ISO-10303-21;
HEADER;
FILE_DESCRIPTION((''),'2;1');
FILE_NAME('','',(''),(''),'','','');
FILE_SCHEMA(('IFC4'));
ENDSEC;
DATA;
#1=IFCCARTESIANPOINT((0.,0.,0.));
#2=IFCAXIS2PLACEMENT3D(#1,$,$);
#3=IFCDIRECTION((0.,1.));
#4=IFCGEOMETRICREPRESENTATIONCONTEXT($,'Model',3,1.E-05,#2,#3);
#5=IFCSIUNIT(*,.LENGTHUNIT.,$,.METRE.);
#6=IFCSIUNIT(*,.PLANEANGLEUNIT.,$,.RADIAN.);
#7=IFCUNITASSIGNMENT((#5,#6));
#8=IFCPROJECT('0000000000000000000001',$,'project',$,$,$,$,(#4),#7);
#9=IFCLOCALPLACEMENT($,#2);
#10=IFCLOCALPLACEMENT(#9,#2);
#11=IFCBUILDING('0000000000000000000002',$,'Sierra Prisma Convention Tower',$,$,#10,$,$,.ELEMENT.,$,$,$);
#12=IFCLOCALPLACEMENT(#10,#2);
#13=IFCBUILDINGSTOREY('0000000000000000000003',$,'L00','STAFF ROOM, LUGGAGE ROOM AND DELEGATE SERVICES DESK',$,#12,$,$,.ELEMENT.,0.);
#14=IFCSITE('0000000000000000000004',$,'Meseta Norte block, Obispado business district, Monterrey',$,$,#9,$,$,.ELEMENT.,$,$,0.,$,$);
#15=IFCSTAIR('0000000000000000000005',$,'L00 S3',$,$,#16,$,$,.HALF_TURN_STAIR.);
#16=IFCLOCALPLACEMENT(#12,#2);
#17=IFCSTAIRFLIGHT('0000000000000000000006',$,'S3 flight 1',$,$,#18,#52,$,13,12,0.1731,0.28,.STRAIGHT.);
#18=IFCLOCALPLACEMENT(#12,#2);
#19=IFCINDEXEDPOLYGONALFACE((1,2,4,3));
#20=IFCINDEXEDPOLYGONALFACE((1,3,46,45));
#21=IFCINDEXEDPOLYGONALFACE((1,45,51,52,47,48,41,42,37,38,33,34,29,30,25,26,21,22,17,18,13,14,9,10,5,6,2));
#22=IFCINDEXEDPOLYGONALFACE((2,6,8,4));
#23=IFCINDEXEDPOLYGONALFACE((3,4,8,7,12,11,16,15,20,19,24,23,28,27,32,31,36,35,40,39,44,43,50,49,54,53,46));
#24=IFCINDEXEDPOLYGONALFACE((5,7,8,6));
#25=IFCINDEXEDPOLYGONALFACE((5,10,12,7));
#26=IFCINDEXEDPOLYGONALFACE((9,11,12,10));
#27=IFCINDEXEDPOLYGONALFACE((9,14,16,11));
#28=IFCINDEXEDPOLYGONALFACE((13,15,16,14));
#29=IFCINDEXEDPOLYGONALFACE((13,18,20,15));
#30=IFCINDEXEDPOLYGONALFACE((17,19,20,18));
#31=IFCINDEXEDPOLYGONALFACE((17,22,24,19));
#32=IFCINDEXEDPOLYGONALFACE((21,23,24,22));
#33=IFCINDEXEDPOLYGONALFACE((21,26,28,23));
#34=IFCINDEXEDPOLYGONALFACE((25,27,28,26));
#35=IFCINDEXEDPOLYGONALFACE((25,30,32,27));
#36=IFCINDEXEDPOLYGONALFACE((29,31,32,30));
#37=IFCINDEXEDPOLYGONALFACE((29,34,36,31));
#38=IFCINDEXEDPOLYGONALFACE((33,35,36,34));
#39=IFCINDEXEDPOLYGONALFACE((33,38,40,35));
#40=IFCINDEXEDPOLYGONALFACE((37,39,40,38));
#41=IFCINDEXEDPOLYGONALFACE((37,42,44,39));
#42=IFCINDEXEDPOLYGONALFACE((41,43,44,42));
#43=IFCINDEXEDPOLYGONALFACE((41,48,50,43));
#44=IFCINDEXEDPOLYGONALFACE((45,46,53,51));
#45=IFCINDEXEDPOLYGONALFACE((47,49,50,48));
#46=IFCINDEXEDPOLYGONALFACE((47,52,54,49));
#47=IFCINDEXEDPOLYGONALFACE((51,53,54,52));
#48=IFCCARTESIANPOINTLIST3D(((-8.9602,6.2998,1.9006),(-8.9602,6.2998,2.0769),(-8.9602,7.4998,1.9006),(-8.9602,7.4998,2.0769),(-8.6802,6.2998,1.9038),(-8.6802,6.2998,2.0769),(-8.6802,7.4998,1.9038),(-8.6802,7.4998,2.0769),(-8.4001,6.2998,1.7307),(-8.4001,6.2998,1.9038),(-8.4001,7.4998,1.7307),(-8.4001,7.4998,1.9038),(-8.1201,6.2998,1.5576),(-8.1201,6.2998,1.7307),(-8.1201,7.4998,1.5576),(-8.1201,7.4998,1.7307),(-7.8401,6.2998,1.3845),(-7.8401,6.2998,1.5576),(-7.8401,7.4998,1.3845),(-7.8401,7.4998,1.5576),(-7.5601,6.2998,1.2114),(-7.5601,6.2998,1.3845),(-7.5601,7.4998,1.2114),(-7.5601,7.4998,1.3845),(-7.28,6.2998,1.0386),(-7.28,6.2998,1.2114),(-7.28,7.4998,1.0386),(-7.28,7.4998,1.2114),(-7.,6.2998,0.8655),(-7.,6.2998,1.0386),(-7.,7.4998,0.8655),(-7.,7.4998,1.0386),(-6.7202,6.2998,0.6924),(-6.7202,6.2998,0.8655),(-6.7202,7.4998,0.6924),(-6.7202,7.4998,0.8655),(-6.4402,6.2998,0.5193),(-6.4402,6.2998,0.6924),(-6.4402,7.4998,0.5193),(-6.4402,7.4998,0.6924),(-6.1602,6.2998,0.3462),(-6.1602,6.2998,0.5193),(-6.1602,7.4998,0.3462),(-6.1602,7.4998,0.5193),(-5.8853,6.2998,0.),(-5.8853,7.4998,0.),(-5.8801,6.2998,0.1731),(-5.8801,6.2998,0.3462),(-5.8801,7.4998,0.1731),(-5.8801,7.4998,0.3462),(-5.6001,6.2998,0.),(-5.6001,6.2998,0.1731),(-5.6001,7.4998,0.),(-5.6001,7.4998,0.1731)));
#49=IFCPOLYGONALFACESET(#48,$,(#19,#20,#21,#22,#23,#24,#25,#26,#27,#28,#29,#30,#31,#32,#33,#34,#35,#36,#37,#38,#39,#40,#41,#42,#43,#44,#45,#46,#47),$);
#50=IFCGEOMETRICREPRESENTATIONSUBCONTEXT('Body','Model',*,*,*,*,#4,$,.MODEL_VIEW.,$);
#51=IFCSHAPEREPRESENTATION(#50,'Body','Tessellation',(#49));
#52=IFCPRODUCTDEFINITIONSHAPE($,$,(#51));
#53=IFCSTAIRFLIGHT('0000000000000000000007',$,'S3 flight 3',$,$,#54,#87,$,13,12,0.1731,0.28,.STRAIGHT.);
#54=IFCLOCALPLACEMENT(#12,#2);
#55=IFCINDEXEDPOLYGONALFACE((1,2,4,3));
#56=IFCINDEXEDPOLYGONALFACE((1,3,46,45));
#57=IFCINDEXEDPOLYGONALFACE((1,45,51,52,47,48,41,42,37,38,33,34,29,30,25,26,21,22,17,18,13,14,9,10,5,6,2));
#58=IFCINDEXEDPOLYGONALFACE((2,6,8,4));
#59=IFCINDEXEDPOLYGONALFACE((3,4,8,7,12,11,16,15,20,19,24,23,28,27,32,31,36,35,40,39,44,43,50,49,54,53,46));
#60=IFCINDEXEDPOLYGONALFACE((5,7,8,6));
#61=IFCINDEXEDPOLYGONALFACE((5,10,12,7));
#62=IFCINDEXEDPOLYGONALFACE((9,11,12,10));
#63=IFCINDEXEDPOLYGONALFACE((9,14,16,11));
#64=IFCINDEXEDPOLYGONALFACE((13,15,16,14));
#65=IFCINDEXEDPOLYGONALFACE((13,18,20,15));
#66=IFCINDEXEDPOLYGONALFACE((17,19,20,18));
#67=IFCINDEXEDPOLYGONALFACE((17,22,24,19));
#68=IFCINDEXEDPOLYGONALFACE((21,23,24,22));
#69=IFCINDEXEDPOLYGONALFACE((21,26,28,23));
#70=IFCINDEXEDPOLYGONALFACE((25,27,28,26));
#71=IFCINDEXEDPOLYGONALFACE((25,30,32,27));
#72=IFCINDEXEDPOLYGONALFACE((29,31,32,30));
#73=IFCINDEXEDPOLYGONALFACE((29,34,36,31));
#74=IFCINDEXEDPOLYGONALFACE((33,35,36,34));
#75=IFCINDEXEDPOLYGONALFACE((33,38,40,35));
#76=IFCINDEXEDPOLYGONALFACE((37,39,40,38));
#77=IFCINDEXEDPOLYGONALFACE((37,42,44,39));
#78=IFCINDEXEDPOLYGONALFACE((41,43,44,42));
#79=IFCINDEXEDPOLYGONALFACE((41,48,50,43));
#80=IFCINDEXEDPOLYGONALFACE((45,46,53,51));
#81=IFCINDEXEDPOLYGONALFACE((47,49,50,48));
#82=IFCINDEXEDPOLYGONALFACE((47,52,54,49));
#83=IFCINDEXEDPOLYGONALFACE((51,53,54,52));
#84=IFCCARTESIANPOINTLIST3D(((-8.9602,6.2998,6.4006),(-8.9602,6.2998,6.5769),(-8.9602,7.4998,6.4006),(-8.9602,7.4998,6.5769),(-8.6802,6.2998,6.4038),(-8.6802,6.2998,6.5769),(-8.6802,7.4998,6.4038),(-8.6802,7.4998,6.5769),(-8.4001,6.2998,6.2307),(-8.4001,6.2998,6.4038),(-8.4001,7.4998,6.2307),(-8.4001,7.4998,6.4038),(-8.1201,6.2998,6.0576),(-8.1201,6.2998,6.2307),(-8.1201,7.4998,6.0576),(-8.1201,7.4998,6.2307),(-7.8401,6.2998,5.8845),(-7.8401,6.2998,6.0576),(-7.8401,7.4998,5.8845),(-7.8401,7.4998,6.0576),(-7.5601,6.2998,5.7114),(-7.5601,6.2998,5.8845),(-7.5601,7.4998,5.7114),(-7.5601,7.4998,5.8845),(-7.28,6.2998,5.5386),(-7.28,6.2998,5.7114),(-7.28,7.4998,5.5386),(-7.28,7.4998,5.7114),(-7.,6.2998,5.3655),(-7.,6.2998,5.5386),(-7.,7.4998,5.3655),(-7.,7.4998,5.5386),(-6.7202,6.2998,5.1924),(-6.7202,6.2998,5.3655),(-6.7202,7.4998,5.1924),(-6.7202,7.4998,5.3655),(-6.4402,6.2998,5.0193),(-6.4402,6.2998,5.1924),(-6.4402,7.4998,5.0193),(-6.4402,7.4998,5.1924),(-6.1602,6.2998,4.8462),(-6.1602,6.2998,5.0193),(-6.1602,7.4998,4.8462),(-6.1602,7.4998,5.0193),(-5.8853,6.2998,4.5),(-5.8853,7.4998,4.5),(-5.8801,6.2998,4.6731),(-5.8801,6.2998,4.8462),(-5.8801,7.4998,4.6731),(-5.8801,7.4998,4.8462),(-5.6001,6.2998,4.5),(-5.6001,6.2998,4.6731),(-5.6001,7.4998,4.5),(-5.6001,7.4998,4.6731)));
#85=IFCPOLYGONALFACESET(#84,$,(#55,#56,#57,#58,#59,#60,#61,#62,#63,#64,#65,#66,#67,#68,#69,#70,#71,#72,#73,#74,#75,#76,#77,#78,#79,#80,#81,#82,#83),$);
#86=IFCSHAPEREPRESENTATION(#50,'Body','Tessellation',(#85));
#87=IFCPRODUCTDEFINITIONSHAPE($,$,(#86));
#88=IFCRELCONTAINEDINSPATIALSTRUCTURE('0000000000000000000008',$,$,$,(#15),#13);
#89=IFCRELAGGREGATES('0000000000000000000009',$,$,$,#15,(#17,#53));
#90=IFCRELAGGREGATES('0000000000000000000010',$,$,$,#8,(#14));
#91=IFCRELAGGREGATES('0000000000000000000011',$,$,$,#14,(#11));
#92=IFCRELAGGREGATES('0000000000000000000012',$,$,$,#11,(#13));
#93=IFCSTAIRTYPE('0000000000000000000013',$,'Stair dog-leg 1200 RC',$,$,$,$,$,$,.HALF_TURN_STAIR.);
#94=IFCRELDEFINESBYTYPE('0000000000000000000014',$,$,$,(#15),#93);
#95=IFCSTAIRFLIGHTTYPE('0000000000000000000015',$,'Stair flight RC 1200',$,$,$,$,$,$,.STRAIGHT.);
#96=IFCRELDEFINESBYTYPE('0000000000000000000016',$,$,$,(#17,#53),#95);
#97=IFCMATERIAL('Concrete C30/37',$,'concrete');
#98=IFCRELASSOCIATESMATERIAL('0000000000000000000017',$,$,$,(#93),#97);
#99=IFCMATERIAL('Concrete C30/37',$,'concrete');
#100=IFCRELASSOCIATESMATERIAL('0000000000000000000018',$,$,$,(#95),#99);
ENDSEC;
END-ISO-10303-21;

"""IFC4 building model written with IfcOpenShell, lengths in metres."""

from ifc_helpers import new_model, si_unit, direction, frame, origin, place, context, subcontext, project, spatial, polyline, outline, extrude, material, type_object, element, aggregate, save


model = new_model("IFC4")

# Units and contexts
model_context = context("Model", 3, precision=1e-05, world=origin(), true_north=direction((0.0, 1.0)))
body_context = subcontext(model_context, "Body", "Model", "MODEL_VIEW")
ifc_project = project(units=[si_unit("LENGTHUNIT", "METRE"), si_unit("PLANEANGLEUNIT", "RADIAN")], contexts=[model_context])

# Site, building, storey
site_placement = place(None, origin())
site = spatial("IfcSite", under=ifc_project, at=site_placement, Name="Meseta Norte block, Obispado business district, Monterrey", CompositionType="ELEMENT", RefElevation=0.0)
building_placement = place(site_placement, origin())
building = spatial("IfcBuilding", under=site, at=building_placement, Name="Sierra Prisma Convention Tower", CompositionType="ELEMENT")
storey_placement = place(building_placement, origin())
storey = spatial("IfcBuildingStorey", under=building, at=storey_placement, Name="L00", Description="STAFF ROOM, LUGGAGE ROOM AND DELEGATE SERVICES DESK", CompositionType="ELEMENT", Elevation=0.0)

# Stair, stair flights
ifc_material_1 = material(Name="Concrete C30/37", Category="concrete")
stair_type = type_object("IfcStairType", Name="Stair dog-leg 1200 RC", PredefinedType="HALF_TURN_STAIR", material=ifc_material_1)
stair_placement = place(storey_placement, origin())
stair = element("IfcStair", 1, at=stair_placement, inside=storey, type_object=stair_type, Name="L00 S3", PredefinedType="HALF_TURN_STAIR")
ifc_material_2 = material(Name="Concrete C30/37", Category="concrete")
stair_flight_type = type_object("IfcStairFlightType", Name="Stair flight RC 1200", PredefinedType="STRAIGHT", material=ifc_material_2)
stair_flight_1_placement = place(storey_placement, frame((-5.6001, 6.8999, 0.0), z_axis=(0.0, 0.0, 1.0), x_axis=(-1.0, 0.0, 0.0)))
stair_flight_1 = element("IfcStairFlight", 2, at=stair_flight_1_placement, type_object=stair_flight_type, Name="S3 flight 1", NumberOfRisers=13, NumberOfTreads=12, PredefinedType="STRAIGHT", RiserHeight=0.1731, TreadLength=0.28, context=body_context, shape_type="SweptSolid", body=[
    extrude(outline(polyline([(0.0, 0.0), (0.0, 0.1731), (0.28, 0.1731), (0.28, 0.3462), (0.5601, 0.3462), (0.5601, 0.5193), (0.8401, 0.5193), (0.8401, 0.6924), (1.1201, 0.6924), (1.1201, 0.8655), (1.3999, 0.8655), (1.3999, 1.0386), (1.6799, 1.0386), (1.6799, 1.2114), (1.96, 1.2114), (1.96, 1.3845), (2.24, 1.3845), (2.24, 1.5576), (2.52, 1.5576), (2.52, 1.7307), (2.8, 1.7307), (2.8, 1.9038), (3.0801, 1.9038), (3.0801, 2.0769), (3.3601, 2.0769), (3.3601, 2.25), (3.3601, 1.9006), (0.2852, 0.0), (0.0, 0.0)])), frame((0.0, 0.6001, 0.0), z_axis=(0.0, -1.0, 0.0), x_axis=(1.0, 0.0, 0.0)), (0.0, 0.0, 1.0), 1.2),
])
stair_flight_2_placement = place(storey_placement, frame((-5.6001, 6.8999, 4.5), z_axis=(0.0, 0.0, 1.0), x_axis=(-1.0, 0.0, 0.0)))
stair_flight_2 = element("IfcStairFlight", 3, at=stair_flight_2_placement, type_object=stair_flight_type, Name="S3 flight 3", NumberOfRisers=13, NumberOfTreads=12, PredefinedType="STRAIGHT", RiserHeight=0.1731, TreadLength=0.28, context=body_context, shape_type="SweptSolid", body=[
    extrude(outline(polyline([(0.0, 0.0), (0.0, 0.1731), (0.28, 0.1731), (0.28, 0.3462), (0.5601, 0.3462), (0.5601, 0.5193), (0.8401, 0.5193), (0.8401, 0.6924), (1.1201, 0.6924), (1.1201, 0.8655), (1.3999, 0.8655), (1.3999, 1.0386), (1.6799, 1.0386), (1.6799, 1.2114), (1.96, 1.2114), (1.96, 1.3845), (2.24, 1.3845), (2.24, 1.5576), (2.52, 1.5576), (2.52, 1.7307), (2.8, 1.7307), (2.8, 1.9038), (3.0801, 1.9038), (3.0801, 2.0769), (3.3601, 2.0769), (3.3601, 2.25), (3.3601, 1.9006), (0.2852, 0.0), (0.0, 0.0)])), frame((0.0, 0.6001, 0.0), z_axis=(0.0, -1.0, 0.0), x_axis=(1.0, 0.0, 0.0)), (0.0, 0.0, 1.0), 1.2),
])
aggregate(stair, [stair_flight_1, stair_flight_2])

save(model, "model.ifc")
